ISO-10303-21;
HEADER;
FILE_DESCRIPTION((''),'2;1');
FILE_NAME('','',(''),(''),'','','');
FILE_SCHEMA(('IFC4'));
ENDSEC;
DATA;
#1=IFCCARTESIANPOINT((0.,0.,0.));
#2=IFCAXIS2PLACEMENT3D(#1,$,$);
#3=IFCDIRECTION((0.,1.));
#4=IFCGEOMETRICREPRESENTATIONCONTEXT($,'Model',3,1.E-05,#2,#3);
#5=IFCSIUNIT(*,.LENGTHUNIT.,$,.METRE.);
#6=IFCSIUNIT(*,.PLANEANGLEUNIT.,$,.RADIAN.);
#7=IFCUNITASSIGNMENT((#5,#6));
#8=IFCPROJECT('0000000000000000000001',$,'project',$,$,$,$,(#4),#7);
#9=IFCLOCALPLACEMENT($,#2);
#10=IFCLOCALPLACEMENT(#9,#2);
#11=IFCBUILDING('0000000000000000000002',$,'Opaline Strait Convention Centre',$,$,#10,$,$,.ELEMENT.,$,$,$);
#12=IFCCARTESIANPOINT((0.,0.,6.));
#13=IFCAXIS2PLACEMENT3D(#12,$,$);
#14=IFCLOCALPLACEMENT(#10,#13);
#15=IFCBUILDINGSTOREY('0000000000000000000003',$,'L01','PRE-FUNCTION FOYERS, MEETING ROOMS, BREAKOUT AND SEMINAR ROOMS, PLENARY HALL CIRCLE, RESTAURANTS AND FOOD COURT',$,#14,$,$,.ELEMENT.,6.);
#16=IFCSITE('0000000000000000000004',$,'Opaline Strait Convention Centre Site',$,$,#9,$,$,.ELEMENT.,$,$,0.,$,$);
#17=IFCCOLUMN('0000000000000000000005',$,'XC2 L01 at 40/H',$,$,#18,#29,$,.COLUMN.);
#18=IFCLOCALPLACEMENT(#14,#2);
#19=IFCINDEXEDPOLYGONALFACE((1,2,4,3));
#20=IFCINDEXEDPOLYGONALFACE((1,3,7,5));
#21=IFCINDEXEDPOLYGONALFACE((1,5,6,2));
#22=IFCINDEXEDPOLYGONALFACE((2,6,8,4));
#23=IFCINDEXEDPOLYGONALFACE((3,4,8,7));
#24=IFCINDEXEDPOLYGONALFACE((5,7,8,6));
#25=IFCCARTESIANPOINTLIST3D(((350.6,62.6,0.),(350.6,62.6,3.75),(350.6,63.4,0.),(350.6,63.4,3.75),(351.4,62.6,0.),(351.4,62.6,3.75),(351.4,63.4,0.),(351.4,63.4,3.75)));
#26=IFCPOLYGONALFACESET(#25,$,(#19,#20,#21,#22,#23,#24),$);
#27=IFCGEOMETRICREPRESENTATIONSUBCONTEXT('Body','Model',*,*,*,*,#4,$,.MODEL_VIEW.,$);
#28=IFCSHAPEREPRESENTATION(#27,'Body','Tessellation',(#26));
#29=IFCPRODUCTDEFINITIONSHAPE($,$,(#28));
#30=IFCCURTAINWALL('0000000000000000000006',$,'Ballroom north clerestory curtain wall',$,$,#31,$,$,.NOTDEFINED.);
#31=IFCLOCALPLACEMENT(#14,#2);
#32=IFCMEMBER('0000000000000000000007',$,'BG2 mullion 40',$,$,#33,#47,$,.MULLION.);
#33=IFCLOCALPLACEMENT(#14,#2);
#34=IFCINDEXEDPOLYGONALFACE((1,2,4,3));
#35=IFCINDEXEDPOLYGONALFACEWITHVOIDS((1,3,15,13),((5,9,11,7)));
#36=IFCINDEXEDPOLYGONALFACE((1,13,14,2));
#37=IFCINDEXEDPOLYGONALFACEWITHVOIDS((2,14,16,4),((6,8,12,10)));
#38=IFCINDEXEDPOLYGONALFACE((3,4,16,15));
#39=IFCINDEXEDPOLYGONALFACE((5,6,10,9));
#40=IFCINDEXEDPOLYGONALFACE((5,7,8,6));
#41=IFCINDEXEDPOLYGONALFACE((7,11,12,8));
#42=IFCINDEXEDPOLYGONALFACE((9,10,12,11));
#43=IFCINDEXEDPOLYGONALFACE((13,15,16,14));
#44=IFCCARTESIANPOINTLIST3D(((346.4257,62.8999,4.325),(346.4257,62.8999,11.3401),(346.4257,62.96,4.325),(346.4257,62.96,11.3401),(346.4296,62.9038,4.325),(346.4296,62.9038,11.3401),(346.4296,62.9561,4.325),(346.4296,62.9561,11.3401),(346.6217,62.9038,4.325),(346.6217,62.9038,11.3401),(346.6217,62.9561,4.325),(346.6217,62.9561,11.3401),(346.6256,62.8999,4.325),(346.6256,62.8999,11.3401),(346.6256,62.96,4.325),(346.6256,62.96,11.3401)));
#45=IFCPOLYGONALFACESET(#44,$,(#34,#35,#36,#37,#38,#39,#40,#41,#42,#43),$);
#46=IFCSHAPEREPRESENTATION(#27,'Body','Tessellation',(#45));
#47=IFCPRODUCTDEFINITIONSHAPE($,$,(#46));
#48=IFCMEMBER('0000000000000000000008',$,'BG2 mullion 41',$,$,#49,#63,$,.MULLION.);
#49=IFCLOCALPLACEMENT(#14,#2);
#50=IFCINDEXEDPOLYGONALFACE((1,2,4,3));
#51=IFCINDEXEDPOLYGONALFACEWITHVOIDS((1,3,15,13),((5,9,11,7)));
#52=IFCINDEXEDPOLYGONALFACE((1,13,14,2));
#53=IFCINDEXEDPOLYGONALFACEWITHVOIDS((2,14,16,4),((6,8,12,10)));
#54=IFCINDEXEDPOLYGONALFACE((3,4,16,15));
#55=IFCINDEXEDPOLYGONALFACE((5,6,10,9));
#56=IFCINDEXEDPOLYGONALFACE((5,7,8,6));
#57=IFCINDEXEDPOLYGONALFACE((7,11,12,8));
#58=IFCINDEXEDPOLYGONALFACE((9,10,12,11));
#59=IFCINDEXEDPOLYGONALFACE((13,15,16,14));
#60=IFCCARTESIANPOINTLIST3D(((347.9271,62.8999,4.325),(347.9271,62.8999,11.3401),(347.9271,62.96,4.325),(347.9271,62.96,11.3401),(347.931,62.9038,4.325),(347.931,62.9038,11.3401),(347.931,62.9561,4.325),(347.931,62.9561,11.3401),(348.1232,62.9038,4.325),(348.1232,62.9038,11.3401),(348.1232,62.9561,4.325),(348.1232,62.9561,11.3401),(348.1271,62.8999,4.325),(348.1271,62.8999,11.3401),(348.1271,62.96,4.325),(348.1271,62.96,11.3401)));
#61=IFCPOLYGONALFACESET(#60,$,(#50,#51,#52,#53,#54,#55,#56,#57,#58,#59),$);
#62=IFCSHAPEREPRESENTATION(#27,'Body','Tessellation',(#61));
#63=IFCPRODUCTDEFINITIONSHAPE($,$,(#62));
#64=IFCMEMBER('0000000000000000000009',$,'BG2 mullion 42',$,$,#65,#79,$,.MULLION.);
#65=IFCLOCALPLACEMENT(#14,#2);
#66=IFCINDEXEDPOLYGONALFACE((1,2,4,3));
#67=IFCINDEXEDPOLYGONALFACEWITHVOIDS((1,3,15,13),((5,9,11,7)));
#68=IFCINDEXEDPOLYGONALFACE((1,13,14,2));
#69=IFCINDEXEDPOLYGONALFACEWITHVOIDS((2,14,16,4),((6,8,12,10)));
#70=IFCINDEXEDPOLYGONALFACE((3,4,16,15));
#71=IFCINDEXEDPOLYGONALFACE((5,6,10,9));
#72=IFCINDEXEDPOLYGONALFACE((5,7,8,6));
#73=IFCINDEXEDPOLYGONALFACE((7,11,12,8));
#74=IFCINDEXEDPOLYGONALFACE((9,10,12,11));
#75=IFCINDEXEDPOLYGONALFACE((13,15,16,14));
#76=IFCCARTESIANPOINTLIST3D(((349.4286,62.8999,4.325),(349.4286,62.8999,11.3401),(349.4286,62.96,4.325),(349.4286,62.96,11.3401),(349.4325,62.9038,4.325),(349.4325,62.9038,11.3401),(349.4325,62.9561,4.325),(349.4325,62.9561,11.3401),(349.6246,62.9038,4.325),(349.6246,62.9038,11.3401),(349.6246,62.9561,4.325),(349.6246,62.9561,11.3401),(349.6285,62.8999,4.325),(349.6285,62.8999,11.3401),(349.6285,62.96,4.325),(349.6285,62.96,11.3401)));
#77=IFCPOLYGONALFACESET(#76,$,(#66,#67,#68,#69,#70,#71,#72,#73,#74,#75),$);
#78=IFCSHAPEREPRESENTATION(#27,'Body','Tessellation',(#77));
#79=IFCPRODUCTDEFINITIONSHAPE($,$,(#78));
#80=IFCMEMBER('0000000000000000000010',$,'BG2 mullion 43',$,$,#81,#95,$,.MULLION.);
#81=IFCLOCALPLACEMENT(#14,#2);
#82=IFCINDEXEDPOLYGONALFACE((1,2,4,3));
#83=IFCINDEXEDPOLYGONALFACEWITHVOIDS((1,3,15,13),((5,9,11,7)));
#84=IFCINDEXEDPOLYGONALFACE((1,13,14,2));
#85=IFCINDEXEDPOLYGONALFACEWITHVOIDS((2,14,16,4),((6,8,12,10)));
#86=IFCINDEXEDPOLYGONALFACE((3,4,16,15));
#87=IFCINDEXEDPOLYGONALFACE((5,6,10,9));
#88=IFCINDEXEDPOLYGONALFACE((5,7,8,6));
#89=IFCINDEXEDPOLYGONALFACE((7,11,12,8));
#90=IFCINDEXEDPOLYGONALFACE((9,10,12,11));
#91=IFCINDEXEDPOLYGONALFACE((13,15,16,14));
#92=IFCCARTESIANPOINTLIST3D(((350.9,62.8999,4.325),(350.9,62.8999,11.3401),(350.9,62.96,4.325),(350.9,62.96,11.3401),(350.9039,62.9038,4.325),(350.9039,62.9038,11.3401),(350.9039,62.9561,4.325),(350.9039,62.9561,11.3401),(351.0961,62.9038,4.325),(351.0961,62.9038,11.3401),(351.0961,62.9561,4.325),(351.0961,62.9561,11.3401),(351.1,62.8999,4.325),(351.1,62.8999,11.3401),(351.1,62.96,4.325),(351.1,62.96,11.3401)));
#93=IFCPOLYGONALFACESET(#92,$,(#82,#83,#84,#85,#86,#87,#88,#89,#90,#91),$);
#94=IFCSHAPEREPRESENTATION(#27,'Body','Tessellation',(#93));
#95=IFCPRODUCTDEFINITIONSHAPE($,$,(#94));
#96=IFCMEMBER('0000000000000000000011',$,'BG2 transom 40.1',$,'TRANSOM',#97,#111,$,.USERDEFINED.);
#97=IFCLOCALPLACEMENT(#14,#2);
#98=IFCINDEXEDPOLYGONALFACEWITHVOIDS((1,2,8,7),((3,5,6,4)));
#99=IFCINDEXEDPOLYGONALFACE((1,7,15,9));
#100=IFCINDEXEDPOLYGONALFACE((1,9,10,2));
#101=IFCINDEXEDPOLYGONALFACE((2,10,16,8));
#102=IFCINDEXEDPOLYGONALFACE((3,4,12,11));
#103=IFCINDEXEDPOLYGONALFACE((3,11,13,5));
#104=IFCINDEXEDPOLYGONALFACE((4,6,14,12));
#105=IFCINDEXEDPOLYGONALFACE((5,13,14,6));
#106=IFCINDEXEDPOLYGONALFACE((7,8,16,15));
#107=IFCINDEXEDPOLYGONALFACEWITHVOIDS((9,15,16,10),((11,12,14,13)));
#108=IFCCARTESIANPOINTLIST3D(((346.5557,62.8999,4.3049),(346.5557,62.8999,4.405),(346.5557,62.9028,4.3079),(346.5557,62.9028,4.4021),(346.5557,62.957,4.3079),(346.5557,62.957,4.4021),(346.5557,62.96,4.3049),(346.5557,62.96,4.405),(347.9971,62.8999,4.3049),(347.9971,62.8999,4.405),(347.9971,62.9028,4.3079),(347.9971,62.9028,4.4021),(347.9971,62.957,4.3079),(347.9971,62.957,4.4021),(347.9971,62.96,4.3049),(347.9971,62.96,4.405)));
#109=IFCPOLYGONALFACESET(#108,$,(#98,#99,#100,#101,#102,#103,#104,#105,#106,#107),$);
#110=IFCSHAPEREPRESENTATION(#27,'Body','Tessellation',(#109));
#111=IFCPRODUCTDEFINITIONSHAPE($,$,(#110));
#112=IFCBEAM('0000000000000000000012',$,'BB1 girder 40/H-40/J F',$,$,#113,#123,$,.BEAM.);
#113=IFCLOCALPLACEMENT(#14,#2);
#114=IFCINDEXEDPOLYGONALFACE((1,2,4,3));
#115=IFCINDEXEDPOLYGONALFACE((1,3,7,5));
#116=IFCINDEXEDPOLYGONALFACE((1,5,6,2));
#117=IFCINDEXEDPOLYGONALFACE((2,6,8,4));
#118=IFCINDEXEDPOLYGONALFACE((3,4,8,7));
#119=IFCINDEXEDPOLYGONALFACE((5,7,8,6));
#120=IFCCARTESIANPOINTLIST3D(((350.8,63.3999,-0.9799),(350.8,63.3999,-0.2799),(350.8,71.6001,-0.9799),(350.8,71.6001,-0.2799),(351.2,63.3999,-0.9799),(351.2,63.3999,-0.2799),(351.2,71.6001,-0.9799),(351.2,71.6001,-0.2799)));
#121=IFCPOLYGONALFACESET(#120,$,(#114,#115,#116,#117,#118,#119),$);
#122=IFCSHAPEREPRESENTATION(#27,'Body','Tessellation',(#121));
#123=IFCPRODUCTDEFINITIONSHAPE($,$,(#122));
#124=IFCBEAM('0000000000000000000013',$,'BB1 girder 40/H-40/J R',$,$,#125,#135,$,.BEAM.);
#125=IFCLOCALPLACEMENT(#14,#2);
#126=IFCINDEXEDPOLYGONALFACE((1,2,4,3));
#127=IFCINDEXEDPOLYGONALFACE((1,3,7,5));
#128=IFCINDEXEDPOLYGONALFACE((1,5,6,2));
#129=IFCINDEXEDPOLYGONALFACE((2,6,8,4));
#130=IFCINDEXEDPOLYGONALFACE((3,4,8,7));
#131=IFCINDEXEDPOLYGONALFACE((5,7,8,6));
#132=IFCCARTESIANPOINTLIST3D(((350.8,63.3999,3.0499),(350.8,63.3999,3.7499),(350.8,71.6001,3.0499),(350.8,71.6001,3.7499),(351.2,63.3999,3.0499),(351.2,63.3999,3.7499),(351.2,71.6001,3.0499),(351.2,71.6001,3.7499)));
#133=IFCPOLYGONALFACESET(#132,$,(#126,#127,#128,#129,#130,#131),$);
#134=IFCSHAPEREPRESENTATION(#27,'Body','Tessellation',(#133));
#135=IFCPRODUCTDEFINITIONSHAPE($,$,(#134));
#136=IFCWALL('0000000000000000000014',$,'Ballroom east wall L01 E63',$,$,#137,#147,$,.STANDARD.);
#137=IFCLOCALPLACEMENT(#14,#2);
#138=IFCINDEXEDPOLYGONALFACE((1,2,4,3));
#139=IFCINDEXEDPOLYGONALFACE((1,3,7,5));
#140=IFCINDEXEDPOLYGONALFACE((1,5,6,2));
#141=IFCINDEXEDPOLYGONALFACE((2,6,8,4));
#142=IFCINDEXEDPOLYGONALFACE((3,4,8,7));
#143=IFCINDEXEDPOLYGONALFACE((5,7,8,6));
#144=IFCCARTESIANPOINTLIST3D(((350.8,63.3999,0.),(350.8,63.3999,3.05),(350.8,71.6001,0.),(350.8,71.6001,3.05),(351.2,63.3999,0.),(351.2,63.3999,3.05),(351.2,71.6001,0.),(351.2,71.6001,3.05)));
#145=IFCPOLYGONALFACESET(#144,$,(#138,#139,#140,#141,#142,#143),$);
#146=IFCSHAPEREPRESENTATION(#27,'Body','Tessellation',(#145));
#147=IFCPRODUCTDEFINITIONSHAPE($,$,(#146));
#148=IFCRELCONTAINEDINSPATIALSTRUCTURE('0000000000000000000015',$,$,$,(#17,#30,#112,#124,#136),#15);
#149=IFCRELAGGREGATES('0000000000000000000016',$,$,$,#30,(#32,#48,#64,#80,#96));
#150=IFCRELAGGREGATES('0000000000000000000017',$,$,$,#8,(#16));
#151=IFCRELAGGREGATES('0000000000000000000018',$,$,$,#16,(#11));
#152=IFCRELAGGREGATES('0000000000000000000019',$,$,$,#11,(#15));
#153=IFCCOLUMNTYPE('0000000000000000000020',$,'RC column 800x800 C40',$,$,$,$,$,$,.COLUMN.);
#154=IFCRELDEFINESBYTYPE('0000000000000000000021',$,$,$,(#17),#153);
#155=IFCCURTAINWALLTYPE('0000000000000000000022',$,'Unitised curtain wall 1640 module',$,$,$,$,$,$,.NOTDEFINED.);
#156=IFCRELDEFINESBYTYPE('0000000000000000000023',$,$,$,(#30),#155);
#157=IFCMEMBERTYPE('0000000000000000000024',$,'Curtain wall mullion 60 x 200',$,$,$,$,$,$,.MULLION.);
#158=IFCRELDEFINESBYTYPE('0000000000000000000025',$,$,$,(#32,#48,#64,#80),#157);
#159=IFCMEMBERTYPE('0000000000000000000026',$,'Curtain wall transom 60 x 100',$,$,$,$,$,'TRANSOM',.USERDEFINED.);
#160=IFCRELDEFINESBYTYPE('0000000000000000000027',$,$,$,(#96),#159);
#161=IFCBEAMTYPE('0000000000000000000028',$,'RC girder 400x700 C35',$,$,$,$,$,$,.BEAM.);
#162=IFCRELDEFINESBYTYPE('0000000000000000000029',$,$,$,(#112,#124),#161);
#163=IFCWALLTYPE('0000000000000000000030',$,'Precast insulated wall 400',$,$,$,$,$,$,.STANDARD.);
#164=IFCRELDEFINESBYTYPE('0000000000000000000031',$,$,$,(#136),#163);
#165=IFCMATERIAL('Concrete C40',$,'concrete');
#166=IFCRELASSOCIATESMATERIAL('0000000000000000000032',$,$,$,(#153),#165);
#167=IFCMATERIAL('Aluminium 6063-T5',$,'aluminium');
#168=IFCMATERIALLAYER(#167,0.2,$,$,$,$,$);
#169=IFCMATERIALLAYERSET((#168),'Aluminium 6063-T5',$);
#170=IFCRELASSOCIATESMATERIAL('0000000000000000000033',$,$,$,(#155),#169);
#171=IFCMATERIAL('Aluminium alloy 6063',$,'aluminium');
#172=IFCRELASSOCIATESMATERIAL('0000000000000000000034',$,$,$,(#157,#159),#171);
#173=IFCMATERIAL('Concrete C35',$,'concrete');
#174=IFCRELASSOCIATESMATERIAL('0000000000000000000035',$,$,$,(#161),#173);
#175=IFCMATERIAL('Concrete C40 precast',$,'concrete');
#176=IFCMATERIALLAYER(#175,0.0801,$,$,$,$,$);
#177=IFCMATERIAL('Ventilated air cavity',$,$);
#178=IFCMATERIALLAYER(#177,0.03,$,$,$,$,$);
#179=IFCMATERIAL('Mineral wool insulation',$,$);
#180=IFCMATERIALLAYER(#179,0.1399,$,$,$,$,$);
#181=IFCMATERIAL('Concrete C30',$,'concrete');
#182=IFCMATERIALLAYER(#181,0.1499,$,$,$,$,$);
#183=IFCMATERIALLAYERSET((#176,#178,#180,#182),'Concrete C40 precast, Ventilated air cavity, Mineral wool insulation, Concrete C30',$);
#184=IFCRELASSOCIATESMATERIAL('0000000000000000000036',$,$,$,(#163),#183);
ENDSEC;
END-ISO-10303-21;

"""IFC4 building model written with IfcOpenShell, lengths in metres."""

from ifc_helpers import new_model, si_unit, direction, frame, frame_2d, origin, origin_2d, place, context, subcontext, project, spatial, rectangle, hollow_rectangle, extrude, material, layer, layer_set, material_profile, profile_set, type_object, element, aggregate, save


model = new_model("IFC4")

# Units and contexts
model_context = context("Model", 3, precision=1e-05, world=origin(), true_north=direction((0.0, 1.0)))
body_context = subcontext(model_context, "Body", "Model", "MODEL_VIEW")
ifc_project = project(units=[si_unit("LENGTHUNIT", "METRE"), si_unit("PLANEANGLEUNIT", "RADIAN")], contexts=[model_context])

# Site, building, storey
site_placement = place(None, origin())
site = spatial("IfcSite", under=ifc_project, at=site_placement, Name="Opaline Strait Convention Centre Site", CompositionType="ELEMENT", RefElevation=0.0)
building_placement = place(site_placement, origin())
building = spatial("IfcBuilding", under=site, at=building_placement, Name="Opaline Strait Convention Centre", CompositionType="ELEMENT")
storey_placement = place(building_placement, frame((0.0, 0.0, 6.0)))
storey = spatial("IfcBuildingStorey", under=building, at=storey_placement, Name="L01", Description="PRE-FUNCTION FOYERS, MEETING ROOMS, BREAKOUT AND SEMINAR ROOMS, PLENARY HALL CIRCLE, RESTAURANTS AND FOOD COURT", CompositionType="ELEMENT", Elevation=6.0)

# Column
ifc_material_1 = material(Name="Concrete C40", Category="concrete")
ifc_material_profile_1 = material_profile(ifc_material_1, rectangle(XDim=0.8, YDim=0.8, at=origin_2d()), Name="RC 800x800")
ifc_profile_set_1 = profile_set([ifc_material_profile_1], Name="Concrete C40")
column_type = type_object("IfcColumnType", Name="RC column 800x800 C40", PredefinedType="COLUMN", material=ifc_profile_set_1)
column_placement = place(storey_placement, frame((351.0, 63.0, 0.0), z_axis=(0.0, 0.0, 1.0), x_axis=(1.0, 0.0, 0.0)))
element("IfcColumn", 1, at=column_placement, inside=storey, type_object=column_type, Name="XC2 L01 at 40/H", PredefinedType="COLUMN", context=body_context, shape_type="SweptSolid", body=[
    extrude(rectangle(XDim=0.8, YDim=0.8, at=origin_2d()), origin(), (0.0, 0.0, 1.0), 3.75),
])

# Curtain wall, members
ifc_material_2 = material(Name="Aluminium 6063-T5", Category="aluminium")
ifc_layer_1 = layer(ifc_material_2, 0.2)
ifc_layer_set_1 = layer_set([ifc_layer_1], Name="Aluminium 6063-T5")
curtain_wall_type = type_object("IfcCurtainWallType", Name="Unitised curtain wall 1640 module", PredefinedType="NOTDEFINED", material=ifc_layer_set_1)
curtain_wall_placement = place(storey_placement, origin())
curtain_wall = element("IfcCurtainWall", 2, at=curtain_wall_placement, inside=storey, type_object=curtain_wall_type, Name="Ballroom north clerestory curtain wall", PredefinedType="NOTDEFINED")
ifc_material_3 = material(Name="Aluminium alloy 6063", Category="aluminium")
ifc_material_profile_2 = material_profile(ifc_material_3, hollow_rectangle(XDim=0.0601, YDim=0.2, WallThickness=0.0039, at=origin_2d()), Name="MULLION 60x200x4")
ifc_profile_set_2 = profile_set([ifc_material_profile_2], Name="Aluminium alloy 6063")
member_type_1 = type_object("IfcMemberType", Name="Curtain wall mullion 60 x 200", PredefinedType="MULLION", material=ifc_profile_set_2)
member_1_placement = place(storey_placement, frame((346.5256, 62.9299, 4.325), z_axis=(0.0, 0.0, 1.0), x_axis=(0.0, 1.0, 0.0)))
member_1 = element("IfcMember", 3, at=member_1_placement, type_object=member_type_1, Name="BG2 mullion 40", PredefinedType="MULLION", context=body_context, shape_type="SweptSolid", body=[
    extrude(hollow_rectangle(XDim=0.0601, YDim=0.2, WallThickness=0.0039, at=origin_2d()), origin(), (0.0, 0.0, 1.0), 7.0151),
])
member_2_placement = place(storey_placement, frame((348.0271, 62.9299, 4.325), z_axis=(0.0, 0.0, 1.0), x_axis=(0.0, 1.0, 0.0)))
member_2 = element("IfcMember", 4, at=member_2_placement, type_object=member_type_1, Name="BG2 mullion 41", PredefinedType="MULLION", context=body_context, shape_type="SweptSolid", body=[
    extrude(hollow_rectangle(XDim=0.0601, YDim=0.2, WallThickness=0.0039, at=origin_2d()), origin(), (0.0, 0.0, 1.0), 7.0151),
])
member_3_placement = place(storey_placement, frame((349.5286, 62.9299, 4.325), z_axis=(0.0, 0.0, 1.0), x_axis=(0.0, 1.0, 0.0)))
member_3 = element("IfcMember", 5, at=member_3_placement, type_object=member_type_1, Name="BG2 mullion 42", PredefinedType="MULLION", context=body_context, shape_type="SweptSolid", body=[
    extrude(hollow_rectangle(XDim=0.0601, YDim=0.2, WallThickness=0.0039, at=origin_2d()), origin(), (0.0, 0.0, 1.0), 7.0151),
])
member_4_placement = place(storey_placement, frame((351.0, 62.9299, 4.325), z_axis=(0.0, 0.0, 1.0), x_axis=(0.0, 1.0, 0.0)))
member_4 = element("IfcMember", 6, at=member_4_placement, type_object=member_type_1, Name="BG2 mullion 43", PredefinedType="MULLION", context=body_context, shape_type="SweptSolid", body=[
    extrude(hollow_rectangle(XDim=0.0601, YDim=0.2, WallThickness=0.0039, at=origin_2d()), origin(), (0.0, 0.0, 1.0), 7.0151),
])
ifc_material_profile_3 = material_profile(ifc_material_3, hollow_rectangle(XDim=0.0601, YDim=0.1001, WallThickness=0.0029, at=origin_2d()), Name="TRANSOM 60x100x3")
ifc_profile_set_3 = profile_set([ifc_material_profile_3], Name="Aluminium alloy 6063")
member_type_2 = type_object("IfcMemberType", Name="Curtain wall transom 60 x 100", ElementType="TRANSOM", PredefinedType="USERDEFINED", material=ifc_profile_set_3)
member_5_placement = place(storey_placement, frame((346.5557, 62.9299, 4.355), z_axis=(1.0, 0.0, 0.0), x_axis=(0.0, 1.0, 0.0)))
member_5 = element("IfcMember", 7, at=member_5_placement, type_object=member_type_2, Name="BG2 transom 40.1", ObjectType="TRANSOM", PredefinedType="USERDEFINED", context=body_context, shape_type="SweptSolid", body=[
    extrude(hollow_rectangle(XDim=0.0601, YDim=0.1001, WallThickness=0.0029, at=origin_2d()), origin(), (0.0, 0.0, 1.0), 1.4414),
])
aggregate(curtain_wall, [member_1, member_2, member_3, member_4, member_5])

# Beams
ifc_material_4 = material(Name="Concrete C35", Category="concrete")
ifc_material_profile_4 = material_profile(ifc_material_4, rectangle(XDim=0.3999, YDim=0.7, at=origin_2d()), Name="RC 400x700")
ifc_profile_set_4 = profile_set([ifc_material_profile_4], Name="Concrete C35")
beam_type = type_object("IfcBeamType", Name="RC girder 400x700 C35", PredefinedType="BEAM", material=ifc_profile_set_4)
for number, where, z_axis, x_axis, name in (
    (8, (351.0, 63.3999, -0.6299), (0.0, 1.0, 0.0), (-1.0, 0.0, 0.0), "BB1 girder 40/H-40/J F"),
    (9, (351.0, 63.3999, 3.3999), (0.0, 1.0, 0.0), (-1.0, 0.0, 0.0), "BB1 girder 40/H-40/J R"),
):
    element("IfcBeam", number, at=place(storey_placement, frame(where, z_axis=z_axis, x_axis=x_axis)), inside=storey, type_object=beam_type, Name=name, PredefinedType="BEAM", context=body_context, shape_type="SweptSolid", body=[
        extrude(rectangle(XDim=0.3999, YDim=0.7, at=origin_2d()), origin(), (0.0, 0.0, 1.0), 8.2002),
    ])

# Wall
ifc_material_5 = material(Name="Concrete C40 precast", Category="concrete")
ifc_layer_2 = layer(ifc_material_5, 0.0801)
ifc_material_6 = material(Name="Ventilated air cavity")
ifc_layer_3 = layer(ifc_material_6, 0.03)
ifc_material_7 = material(Name="Mineral wool insulation")
ifc_layer_4 = layer(ifc_material_7, 0.1399)
ifc_material_8 = material(Name="Concrete C30", Category="concrete")
ifc_layer_5 = layer(ifc_material_8, 0.1499)
ifc_layer_set_2 = layer_set([ifc_layer_2, ifc_layer_3, ifc_layer_4, ifc_layer_5], Name="Concrete C40 precast, Ventilated air cavity, Mineral wool insulation, Concrete C30")
wall_type_1 = type_object("IfcWallType", Name="Precast insulated wall 400", PredefinedType="STANDARD", material=ifc_layer_set_2)
wall_1_placement = place(storey_placement, frame((351.0, 63.3999, 0.0), z_axis=(0.0, 0.0, 1.0), x_axis=(0.0, 1.0, 0.0)))
element("IfcWall", 10, at=wall_1_placement, inside=storey, type_object=wall_type_1, Name="Ballroom east wall L01 E63", PredefinedType="STANDARD", context=body_context, shape_type="SweptSolid", body=[
    extrude(rectangle(XDim=8.2002, YDim=0.3999, at=frame_2d((4.1001, 0.0))), origin(), (0.0, 0.0, 1.0), 3.05),
])

save(model, "model.ifc")
